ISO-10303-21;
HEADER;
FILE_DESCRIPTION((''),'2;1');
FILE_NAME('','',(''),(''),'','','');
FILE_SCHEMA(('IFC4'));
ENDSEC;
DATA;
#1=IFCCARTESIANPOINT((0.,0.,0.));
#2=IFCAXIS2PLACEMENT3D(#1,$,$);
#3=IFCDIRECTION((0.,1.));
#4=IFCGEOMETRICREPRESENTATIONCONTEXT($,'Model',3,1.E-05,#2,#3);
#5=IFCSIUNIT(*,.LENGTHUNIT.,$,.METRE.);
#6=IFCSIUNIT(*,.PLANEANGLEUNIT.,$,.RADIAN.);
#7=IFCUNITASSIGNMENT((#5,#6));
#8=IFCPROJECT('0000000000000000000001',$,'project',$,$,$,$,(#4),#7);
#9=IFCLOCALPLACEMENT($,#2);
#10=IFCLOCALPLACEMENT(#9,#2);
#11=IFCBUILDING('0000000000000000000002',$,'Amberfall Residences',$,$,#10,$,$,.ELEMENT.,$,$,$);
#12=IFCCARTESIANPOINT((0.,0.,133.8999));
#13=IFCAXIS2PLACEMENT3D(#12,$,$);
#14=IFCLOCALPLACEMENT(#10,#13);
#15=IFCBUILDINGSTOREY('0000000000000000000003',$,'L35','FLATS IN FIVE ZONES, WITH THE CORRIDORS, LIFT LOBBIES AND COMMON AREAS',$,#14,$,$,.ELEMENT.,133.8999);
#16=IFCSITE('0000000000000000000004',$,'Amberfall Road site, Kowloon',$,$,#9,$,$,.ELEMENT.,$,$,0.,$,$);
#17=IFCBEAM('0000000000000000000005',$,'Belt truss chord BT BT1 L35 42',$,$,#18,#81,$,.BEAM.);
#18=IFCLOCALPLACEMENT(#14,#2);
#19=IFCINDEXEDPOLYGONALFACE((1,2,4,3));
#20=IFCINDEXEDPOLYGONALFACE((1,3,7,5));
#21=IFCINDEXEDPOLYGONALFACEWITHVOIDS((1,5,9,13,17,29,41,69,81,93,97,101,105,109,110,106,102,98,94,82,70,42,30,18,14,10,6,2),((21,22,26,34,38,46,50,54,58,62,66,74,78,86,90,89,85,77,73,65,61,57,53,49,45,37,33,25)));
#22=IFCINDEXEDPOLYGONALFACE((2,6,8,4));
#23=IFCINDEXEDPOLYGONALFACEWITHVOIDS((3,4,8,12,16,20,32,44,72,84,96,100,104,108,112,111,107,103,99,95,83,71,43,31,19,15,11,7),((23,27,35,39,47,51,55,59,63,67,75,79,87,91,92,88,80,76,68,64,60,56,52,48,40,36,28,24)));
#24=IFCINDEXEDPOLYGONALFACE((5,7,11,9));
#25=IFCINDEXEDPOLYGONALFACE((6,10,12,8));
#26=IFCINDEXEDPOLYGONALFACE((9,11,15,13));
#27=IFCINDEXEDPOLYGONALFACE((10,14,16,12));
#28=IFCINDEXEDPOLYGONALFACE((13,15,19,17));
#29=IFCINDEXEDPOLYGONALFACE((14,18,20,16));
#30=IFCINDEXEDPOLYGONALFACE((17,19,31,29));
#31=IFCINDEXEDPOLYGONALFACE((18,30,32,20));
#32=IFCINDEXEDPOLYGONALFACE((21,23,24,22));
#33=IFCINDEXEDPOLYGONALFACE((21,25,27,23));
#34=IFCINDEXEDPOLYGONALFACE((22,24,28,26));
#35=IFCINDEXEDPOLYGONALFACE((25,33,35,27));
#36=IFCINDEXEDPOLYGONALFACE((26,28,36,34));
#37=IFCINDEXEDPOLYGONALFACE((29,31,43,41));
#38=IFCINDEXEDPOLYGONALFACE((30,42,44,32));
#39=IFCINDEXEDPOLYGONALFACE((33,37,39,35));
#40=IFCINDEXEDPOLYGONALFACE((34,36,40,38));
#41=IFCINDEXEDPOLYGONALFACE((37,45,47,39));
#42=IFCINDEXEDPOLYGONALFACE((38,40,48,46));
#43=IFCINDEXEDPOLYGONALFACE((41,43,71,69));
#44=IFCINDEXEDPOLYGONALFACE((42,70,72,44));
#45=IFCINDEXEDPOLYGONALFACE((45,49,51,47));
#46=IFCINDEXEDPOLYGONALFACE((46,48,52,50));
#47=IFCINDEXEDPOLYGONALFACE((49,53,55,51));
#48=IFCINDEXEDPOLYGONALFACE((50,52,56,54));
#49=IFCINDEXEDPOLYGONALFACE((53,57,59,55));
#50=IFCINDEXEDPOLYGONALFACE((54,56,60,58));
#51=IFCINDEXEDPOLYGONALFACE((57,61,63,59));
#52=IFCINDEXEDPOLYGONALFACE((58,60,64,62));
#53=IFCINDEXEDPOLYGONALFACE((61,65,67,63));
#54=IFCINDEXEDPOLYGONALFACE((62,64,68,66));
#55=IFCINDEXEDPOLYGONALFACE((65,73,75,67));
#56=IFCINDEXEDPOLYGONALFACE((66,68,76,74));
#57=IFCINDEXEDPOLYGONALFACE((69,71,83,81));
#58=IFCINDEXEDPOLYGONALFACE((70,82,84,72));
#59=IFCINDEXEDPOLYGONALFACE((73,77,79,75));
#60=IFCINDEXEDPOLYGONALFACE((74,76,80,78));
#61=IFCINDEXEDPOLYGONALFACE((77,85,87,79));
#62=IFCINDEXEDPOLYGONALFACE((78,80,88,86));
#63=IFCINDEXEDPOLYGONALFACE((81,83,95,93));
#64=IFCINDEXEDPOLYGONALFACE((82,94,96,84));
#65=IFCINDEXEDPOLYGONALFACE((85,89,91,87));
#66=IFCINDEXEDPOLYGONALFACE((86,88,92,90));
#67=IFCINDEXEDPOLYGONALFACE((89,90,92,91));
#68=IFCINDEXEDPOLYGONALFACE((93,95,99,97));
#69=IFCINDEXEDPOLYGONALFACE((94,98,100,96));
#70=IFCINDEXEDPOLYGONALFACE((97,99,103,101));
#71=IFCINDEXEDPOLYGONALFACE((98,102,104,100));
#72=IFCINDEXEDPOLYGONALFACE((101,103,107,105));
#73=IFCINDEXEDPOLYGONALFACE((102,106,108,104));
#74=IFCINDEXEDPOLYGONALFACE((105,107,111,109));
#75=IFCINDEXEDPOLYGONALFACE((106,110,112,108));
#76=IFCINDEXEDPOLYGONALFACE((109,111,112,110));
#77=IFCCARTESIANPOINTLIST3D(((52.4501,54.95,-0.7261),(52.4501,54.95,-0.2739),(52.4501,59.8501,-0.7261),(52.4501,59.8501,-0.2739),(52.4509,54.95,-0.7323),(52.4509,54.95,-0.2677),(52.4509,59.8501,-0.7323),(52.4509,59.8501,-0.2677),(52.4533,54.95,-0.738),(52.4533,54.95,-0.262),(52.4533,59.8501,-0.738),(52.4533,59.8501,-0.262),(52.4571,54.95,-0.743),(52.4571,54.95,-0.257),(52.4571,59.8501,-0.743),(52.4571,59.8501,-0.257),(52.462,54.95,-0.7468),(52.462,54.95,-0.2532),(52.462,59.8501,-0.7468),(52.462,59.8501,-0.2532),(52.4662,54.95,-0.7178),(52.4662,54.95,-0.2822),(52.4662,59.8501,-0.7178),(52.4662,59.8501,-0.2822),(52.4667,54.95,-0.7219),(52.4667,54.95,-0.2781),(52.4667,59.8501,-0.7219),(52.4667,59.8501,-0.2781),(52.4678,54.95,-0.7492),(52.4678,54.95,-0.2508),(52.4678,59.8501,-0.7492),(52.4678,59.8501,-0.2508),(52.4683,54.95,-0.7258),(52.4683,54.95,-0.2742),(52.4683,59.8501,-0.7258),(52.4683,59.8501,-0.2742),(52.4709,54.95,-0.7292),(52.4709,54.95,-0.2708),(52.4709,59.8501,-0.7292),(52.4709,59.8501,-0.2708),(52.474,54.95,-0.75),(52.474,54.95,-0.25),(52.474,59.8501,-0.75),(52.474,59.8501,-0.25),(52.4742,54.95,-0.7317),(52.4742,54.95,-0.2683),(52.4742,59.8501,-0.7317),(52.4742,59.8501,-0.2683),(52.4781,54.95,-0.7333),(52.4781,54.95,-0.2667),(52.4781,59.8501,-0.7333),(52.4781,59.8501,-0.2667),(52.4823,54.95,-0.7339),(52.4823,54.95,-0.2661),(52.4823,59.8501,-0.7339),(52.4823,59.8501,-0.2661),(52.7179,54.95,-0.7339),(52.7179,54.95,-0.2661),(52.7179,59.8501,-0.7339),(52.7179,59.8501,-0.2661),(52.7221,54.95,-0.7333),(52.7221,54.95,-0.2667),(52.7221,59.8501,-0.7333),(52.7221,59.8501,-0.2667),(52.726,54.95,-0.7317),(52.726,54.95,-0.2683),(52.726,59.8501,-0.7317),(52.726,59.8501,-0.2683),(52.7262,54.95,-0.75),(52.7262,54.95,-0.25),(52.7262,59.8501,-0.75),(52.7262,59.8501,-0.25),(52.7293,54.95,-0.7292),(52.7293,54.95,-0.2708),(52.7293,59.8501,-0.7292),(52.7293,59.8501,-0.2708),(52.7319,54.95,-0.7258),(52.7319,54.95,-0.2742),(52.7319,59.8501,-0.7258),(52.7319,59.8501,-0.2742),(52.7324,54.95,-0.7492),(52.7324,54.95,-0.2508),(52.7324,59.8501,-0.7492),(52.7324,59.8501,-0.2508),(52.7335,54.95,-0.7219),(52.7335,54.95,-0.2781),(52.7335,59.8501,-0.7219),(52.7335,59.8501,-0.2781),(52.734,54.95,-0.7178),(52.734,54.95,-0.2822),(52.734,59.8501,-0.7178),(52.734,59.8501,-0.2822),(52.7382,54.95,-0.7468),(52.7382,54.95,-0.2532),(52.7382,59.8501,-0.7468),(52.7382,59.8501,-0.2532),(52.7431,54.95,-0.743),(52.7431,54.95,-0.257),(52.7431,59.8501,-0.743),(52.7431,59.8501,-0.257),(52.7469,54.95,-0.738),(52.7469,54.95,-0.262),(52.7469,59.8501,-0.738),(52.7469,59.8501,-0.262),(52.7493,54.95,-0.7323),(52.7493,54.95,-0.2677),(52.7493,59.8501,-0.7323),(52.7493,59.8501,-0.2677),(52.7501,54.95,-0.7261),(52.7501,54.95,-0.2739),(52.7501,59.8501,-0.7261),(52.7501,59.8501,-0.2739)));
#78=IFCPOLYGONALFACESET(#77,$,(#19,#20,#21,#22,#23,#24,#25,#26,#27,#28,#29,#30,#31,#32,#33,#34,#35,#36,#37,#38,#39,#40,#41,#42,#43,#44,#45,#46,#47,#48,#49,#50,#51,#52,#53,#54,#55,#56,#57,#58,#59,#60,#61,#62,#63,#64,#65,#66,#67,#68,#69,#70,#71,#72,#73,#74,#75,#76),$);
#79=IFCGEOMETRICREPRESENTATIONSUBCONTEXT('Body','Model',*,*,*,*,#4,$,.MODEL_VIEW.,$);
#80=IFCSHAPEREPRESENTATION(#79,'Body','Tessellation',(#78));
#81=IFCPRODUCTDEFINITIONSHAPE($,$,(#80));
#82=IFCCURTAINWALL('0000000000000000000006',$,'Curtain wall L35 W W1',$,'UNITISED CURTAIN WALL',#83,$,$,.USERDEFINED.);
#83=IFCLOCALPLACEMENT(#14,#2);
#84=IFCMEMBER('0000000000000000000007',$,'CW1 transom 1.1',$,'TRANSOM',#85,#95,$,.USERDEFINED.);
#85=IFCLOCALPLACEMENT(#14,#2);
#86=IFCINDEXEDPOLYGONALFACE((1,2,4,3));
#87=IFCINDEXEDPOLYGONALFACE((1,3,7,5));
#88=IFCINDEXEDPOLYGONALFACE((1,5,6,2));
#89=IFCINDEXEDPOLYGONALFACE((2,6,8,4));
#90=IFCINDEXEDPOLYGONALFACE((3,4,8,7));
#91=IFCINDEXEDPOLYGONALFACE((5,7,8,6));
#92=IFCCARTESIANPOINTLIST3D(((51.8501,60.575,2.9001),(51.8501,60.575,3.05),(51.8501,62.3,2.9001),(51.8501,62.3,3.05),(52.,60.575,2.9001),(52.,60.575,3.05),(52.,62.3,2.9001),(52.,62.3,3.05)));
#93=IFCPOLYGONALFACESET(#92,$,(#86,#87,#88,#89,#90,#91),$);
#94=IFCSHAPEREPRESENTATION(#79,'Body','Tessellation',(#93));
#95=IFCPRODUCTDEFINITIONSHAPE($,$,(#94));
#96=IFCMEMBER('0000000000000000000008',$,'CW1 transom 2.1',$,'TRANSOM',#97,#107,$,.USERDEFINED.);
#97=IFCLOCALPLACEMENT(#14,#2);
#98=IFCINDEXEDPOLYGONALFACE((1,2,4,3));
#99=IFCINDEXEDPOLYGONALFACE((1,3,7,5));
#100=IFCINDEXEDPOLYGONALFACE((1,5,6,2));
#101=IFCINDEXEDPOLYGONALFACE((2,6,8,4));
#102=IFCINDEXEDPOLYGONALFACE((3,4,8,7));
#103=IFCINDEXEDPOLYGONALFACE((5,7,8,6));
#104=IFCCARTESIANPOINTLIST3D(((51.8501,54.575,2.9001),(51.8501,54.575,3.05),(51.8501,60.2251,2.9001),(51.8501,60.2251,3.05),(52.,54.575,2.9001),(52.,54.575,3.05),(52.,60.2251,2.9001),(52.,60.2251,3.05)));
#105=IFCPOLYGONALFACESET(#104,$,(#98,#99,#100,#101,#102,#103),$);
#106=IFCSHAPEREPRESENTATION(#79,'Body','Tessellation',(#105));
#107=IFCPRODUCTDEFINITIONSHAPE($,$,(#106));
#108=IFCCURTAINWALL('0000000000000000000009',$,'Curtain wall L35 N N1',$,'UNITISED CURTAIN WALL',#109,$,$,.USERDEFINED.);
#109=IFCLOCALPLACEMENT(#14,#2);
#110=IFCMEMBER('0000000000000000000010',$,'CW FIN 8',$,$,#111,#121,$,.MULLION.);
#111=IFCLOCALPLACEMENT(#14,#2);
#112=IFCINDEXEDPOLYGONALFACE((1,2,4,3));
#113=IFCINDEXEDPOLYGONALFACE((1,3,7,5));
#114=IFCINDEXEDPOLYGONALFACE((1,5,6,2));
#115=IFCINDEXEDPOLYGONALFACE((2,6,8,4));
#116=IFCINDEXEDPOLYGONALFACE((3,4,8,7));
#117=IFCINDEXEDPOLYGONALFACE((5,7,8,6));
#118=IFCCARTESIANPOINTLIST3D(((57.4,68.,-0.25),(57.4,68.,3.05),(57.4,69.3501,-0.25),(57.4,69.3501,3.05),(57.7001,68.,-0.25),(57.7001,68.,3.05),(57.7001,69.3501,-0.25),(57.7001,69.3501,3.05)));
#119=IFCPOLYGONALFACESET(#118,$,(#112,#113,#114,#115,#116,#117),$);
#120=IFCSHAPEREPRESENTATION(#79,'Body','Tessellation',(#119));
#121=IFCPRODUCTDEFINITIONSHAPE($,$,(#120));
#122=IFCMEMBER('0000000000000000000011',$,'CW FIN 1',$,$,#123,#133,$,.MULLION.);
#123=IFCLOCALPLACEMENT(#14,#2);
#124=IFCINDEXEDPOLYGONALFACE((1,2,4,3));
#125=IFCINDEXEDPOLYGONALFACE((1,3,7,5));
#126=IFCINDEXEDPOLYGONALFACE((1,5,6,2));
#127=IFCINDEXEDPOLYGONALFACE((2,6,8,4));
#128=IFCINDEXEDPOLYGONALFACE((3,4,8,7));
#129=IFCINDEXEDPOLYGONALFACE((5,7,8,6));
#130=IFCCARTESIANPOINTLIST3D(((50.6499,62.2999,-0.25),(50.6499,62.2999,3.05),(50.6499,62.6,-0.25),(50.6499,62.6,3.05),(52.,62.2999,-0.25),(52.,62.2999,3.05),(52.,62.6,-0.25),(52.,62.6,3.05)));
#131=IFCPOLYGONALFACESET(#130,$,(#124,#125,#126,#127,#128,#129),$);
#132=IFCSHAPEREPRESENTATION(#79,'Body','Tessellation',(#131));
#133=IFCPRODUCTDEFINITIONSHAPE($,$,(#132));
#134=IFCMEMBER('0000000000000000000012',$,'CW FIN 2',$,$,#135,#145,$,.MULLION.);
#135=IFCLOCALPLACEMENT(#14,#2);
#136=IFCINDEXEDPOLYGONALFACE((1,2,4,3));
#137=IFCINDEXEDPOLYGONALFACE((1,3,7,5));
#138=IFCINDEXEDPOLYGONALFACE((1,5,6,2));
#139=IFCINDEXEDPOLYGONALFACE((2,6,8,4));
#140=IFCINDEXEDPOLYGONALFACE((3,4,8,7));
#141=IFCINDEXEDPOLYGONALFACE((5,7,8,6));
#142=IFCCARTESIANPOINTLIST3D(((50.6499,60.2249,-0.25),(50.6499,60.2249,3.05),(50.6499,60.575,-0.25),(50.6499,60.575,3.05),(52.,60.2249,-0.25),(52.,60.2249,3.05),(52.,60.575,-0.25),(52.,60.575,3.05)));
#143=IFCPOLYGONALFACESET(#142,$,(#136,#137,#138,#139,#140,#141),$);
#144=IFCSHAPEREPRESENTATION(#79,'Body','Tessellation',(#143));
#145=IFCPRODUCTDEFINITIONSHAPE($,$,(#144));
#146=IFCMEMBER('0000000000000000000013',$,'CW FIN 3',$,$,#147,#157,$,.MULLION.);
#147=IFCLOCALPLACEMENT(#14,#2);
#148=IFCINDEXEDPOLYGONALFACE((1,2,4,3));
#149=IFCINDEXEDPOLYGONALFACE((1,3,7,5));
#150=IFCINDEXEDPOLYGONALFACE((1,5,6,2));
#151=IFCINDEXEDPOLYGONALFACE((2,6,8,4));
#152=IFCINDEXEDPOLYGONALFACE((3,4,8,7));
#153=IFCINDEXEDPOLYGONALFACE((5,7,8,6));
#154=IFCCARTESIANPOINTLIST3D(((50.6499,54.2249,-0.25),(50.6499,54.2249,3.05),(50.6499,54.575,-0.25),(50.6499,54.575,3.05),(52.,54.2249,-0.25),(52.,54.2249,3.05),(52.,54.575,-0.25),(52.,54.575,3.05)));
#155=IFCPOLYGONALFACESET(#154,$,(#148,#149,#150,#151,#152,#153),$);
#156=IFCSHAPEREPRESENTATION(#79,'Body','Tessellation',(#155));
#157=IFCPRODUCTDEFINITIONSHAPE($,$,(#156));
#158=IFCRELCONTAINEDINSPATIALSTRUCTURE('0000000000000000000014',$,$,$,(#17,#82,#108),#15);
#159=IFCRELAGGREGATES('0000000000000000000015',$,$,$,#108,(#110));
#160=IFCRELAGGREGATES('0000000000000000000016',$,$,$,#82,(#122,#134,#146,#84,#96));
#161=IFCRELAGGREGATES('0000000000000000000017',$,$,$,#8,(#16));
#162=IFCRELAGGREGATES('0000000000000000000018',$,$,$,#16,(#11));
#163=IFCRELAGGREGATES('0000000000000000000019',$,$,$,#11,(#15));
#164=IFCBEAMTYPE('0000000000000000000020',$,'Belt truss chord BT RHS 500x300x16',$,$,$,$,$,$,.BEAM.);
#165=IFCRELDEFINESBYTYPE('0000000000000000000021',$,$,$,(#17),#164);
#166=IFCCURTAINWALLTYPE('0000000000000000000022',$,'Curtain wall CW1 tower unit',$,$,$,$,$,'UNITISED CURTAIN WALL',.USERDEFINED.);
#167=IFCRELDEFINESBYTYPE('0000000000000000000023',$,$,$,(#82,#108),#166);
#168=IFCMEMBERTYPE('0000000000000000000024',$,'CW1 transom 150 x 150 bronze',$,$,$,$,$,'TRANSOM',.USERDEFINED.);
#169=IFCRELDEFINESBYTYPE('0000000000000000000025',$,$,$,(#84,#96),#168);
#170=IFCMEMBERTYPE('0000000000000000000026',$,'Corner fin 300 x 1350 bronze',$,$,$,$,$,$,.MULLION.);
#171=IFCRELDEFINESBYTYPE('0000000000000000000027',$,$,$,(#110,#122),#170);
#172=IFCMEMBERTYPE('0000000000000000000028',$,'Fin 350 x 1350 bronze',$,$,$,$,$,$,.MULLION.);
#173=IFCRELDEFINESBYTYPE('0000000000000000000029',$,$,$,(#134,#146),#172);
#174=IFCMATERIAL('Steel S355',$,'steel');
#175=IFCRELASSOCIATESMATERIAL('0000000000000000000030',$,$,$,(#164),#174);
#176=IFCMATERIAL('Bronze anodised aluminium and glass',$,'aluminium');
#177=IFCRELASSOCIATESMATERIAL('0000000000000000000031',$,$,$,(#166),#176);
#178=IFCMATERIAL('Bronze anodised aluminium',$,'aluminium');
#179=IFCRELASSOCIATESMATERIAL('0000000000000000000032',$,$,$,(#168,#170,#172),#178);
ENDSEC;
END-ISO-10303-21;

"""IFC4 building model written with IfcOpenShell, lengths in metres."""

from ifc_helpers import new_model, si_unit, direction, frame, origin, origin_2d, place, context, subcontext, project, spatial, rectangle, hollow_rectangle, extrude, material, material_profile, profile_set, type_object, element, aggregate, save


model = new_model("IFC4")

# Units and contexts
model_context = context("Model", 3, precision=1e-05, world=origin(), true_north=direction((0.0, 1.0)))
body_context = subcontext(model_context, "Body", "Model", "MODEL_VIEW")
ifc_project = project(units=[si_unit("LENGTHUNIT", "METRE"), si_unit("PLANEANGLEUNIT", "RADIAN")], contexts=[model_context])

# Site, building, storey
site_placement = place(None, origin())
site = spatial("IfcSite", under=ifc_project, at=site_placement, Name="Amberfall Road site, Kowloon", CompositionType="ELEMENT", RefElevation=0.0)
building_placement = place(site_placement, origin())
building = spatial("IfcBuilding", under=site, at=building_placement, Name="Amberfall Residences", CompositionType="ELEMENT")
storey_placement = place(building_placement, frame((0.0, 0.0, 133.8999)))
storey = spatial("IfcBuildingStorey", under=building, at=storey_placement, Name="L35", Description="FLATS IN FIVE ZONES, WITH THE CORRIDORS, LIFT LOBBIES AND COMMON AREAS", CompositionType="ELEMENT", Elevation=133.8999)

# Beam
ifc_material_1 = material(Name="Steel S355", Category="steel")
ifc_material_profile_1 = material_profile(ifc_material_1, hollow_rectangle(XDim=0.3, YDim=0.5, WallThickness=0.0161, InnerFilletRadius=0.0161, OuterFilletRadius=0.0239, at=origin_2d()), Name="RHS 500x300x16")
ifc_profile_set_1 = profile_set([ifc_material_profile_1], Name="Steel S355")
beam_type_1 = type_object("IfcBeamType", Name="Belt truss chord BT RHS 500x300x16", PredefinedType="BEAM", material=ifc_profile_set_1)
beam_1_placement = place(storey_placement, frame((52.6001, 54.95, -0.5), z_axis=(0.0, 1.0, 0.0), x_axis=(-1.0, 0.0, 0.0)))
element("IfcBeam", 1, at=beam_1_placement, inside=storey, type_object=beam_type_1, Name="Belt truss chord BT BT1 L35 42", PredefinedType="BEAM", context=body_context, shape_type="SweptSolid", body=[
    extrude(hollow_rectangle(XDim=0.3, YDim=0.5, WallThickness=0.0161, InnerFilletRadius=0.0161, OuterFilletRadius=0.0239, at=origin_2d()), origin(), (0.0, 0.0, 1.0), 4.9001),
])

# Curtain wall, members
ifc_material_2 = material(Name="Bronze anodised aluminium and glass", Category="aluminium")
curtain_wall_type = type_object("IfcCurtainWallType", Name="Curtain wall CW1 tower unit", ElementType="UNITISED CURTAIN WALL", PredefinedType="USERDEFINED", material=ifc_material_2)
curtain_wall_1_placement = place(storey_placement, origin())
curtain_wall_1 = element("IfcCurtainWall", 2, at=curtain_wall_1_placement, inside=storey, type_object=curtain_wall_type, Name="Curtain wall L35 W W1", ObjectType="UNITISED CURTAIN WALL", PredefinedType="USERDEFINED")
ifc_material_3 = material(Name="Bronze anodised aluminium", Category="aluminium")
ifc_material_profile_2 = material_profile(ifc_material_3, rectangle(XDim=0.1499, YDim=0.1499, at=origin_2d()), Name="CW1 transom 150 x 150 bronze")
ifc_profile_set_2 = profile_set([ifc_material_profile_2], Name="Bronze anodised aluminium")
member_type_1 = type_object("IfcMemberType", Name="CW1 transom 150 x 150 bronze", ElementType="TRANSOM", PredefinedType="USERDEFINED", material=ifc_profile_set_2)
member_1_placement = place(storey_placement, frame((51.925, 62.3, 2.9751), z_axis=(0.0, -1.0, 0.0), x_axis=(1.0, 0.0, 0.0)))
member_1 = element("IfcMember", 3, at=member_1_placement, type_object=member_type_1, Name="CW1 transom 1.1", ObjectType="TRANSOM", PredefinedType="USERDEFINED", context=body_context, shape_type="SweptSolid", body=[
    extrude(rectangle(XDim=0.1499, YDim=0.1499, at=origin_2d()), origin(), (0.0, 0.0, 1.0), 1.7251),
])
member_2_placement = place(storey_placement, frame((51.925, 60.2251, 2.9751), z_axis=(0.0, -1.0, 0.0), x_axis=(1.0, 0.0, 0.0)))
member_2 = element("IfcMember", 4, at=member_2_placement, type_object=member_type_1, Name="CW1 transom 2.1", ObjectType="TRANSOM", PredefinedType="USERDEFINED", context=body_context, shape_type="SweptSolid", body=[
    extrude(rectangle(XDim=0.1499, YDim=0.1499, at=origin_2d()), origin(), (0.0, 0.0, 1.0), 5.6501),
])

# Curtain wall, member
curtain_wall_2_placement = place(storey_placement, origin())
curtain_wall_2 = element("IfcCurtainWall", 5, at=curtain_wall_2_placement, inside=storey, type_object=curtain_wall_type, Name="Curtain wall L35 N N1", ObjectType="UNITISED CURTAIN WALL", PredefinedType="USERDEFINED")
ifc_material_profile_3 = material_profile(ifc_material_3, rectangle(XDim=1.3501, YDim=0.3, at=origin_2d()), Name="Corner fin 300 x 1350 bronze")
ifc_profile_set_3 = profile_set([ifc_material_profile_3], Name="Bronze anodised aluminium")
member_type_2 = type_object("IfcMemberType", Name="Corner fin 300 x 1350 bronze", PredefinedType="MULLION", material=ifc_profile_set_3)
member_3_placement = place(storey_placement, frame((57.55, 68.675, -0.25), z_axis=(0.0, 0.0, 1.0), x_axis=(0.0, -1.0, 0.0)))
member_3 = element("IfcMember", 6, at=member_3_placement, type_object=member_type_2, Name="CW FIN 8", PredefinedType="MULLION", context=body_context, shape_type="SweptSolid", body=[
    extrude(rectangle(XDim=1.3501, YDim=0.3, at=origin_2d()), origin(), (0.0, 0.0, 1.0), 3.3),
])

# Members
member_4_placement = place(storey_placement, frame((51.325, 62.45, -0.25), z_axis=(0.0, 0.0, 1.0), x_axis=(1.0, 0.0, 0.0)))
member_4 = element("IfcMember", 7, at=member_4_placement, type_object=member_type_2, Name="CW FIN 1", PredefinedType="MULLION", context=body_context, shape_type="SweptSolid", body=[
    extrude(rectangle(XDim=1.3501, YDim=0.3, at=origin_2d()), origin(), (0.0, 0.0, 1.0), 3.3),
])
ifc_material_profile_4 = material_profile(ifc_material_3, rectangle(XDim=1.3501, YDim=0.3501, at=origin_2d()), Name="Fin 350 x 1350 bronze")
ifc_profile_set_4 = profile_set([ifc_material_profile_4], Name="Bronze anodised aluminium")
member_type_3 = type_object("IfcMemberType", Name="Fin 350 x 1350 bronze", PredefinedType="MULLION", material=ifc_profile_set_4)
member_5_placement = place(storey_placement, frame((51.325, 60.3999, -0.25), z_axis=(0.0, 0.0, 1.0), x_axis=(1.0, 0.0, 0.0)))
member_5 = element("IfcMember", 8, at=member_5_placement, type_object=member_type_3, Name="CW FIN 2", PredefinedType="MULLION", context=body_context, shape_type="SweptSolid", body=[
    extrude(rectangle(XDim=1.3501, YDim=0.3501, at=origin_2d()), origin(), (0.0, 0.0, 1.0), 3.3),
])
member_6_placement = place(storey_placement, frame((51.325, 54.3999, -0.25), z_axis=(0.0, 0.0, 1.0), x_axis=(1.0, 0.0, 0.0)))
member_6 = element("IfcMember", 9, at=member_6_placement, type_object=member_type_3, Name="CW FIN 3", PredefinedType="MULLION", context=body_context, shape_type="SweptSolid", body=[
    extrude(rectangle(XDim=1.3501, YDim=0.3501, at=origin_2d()), origin(), (0.0, 0.0, 1.0), 3.3),
])

aggregate(curtain_wall_2, [member_3])
aggregate(curtain_wall_1, [member_4, member_5, member_6, member_1, member_2])

save(model, "model.ifc")
